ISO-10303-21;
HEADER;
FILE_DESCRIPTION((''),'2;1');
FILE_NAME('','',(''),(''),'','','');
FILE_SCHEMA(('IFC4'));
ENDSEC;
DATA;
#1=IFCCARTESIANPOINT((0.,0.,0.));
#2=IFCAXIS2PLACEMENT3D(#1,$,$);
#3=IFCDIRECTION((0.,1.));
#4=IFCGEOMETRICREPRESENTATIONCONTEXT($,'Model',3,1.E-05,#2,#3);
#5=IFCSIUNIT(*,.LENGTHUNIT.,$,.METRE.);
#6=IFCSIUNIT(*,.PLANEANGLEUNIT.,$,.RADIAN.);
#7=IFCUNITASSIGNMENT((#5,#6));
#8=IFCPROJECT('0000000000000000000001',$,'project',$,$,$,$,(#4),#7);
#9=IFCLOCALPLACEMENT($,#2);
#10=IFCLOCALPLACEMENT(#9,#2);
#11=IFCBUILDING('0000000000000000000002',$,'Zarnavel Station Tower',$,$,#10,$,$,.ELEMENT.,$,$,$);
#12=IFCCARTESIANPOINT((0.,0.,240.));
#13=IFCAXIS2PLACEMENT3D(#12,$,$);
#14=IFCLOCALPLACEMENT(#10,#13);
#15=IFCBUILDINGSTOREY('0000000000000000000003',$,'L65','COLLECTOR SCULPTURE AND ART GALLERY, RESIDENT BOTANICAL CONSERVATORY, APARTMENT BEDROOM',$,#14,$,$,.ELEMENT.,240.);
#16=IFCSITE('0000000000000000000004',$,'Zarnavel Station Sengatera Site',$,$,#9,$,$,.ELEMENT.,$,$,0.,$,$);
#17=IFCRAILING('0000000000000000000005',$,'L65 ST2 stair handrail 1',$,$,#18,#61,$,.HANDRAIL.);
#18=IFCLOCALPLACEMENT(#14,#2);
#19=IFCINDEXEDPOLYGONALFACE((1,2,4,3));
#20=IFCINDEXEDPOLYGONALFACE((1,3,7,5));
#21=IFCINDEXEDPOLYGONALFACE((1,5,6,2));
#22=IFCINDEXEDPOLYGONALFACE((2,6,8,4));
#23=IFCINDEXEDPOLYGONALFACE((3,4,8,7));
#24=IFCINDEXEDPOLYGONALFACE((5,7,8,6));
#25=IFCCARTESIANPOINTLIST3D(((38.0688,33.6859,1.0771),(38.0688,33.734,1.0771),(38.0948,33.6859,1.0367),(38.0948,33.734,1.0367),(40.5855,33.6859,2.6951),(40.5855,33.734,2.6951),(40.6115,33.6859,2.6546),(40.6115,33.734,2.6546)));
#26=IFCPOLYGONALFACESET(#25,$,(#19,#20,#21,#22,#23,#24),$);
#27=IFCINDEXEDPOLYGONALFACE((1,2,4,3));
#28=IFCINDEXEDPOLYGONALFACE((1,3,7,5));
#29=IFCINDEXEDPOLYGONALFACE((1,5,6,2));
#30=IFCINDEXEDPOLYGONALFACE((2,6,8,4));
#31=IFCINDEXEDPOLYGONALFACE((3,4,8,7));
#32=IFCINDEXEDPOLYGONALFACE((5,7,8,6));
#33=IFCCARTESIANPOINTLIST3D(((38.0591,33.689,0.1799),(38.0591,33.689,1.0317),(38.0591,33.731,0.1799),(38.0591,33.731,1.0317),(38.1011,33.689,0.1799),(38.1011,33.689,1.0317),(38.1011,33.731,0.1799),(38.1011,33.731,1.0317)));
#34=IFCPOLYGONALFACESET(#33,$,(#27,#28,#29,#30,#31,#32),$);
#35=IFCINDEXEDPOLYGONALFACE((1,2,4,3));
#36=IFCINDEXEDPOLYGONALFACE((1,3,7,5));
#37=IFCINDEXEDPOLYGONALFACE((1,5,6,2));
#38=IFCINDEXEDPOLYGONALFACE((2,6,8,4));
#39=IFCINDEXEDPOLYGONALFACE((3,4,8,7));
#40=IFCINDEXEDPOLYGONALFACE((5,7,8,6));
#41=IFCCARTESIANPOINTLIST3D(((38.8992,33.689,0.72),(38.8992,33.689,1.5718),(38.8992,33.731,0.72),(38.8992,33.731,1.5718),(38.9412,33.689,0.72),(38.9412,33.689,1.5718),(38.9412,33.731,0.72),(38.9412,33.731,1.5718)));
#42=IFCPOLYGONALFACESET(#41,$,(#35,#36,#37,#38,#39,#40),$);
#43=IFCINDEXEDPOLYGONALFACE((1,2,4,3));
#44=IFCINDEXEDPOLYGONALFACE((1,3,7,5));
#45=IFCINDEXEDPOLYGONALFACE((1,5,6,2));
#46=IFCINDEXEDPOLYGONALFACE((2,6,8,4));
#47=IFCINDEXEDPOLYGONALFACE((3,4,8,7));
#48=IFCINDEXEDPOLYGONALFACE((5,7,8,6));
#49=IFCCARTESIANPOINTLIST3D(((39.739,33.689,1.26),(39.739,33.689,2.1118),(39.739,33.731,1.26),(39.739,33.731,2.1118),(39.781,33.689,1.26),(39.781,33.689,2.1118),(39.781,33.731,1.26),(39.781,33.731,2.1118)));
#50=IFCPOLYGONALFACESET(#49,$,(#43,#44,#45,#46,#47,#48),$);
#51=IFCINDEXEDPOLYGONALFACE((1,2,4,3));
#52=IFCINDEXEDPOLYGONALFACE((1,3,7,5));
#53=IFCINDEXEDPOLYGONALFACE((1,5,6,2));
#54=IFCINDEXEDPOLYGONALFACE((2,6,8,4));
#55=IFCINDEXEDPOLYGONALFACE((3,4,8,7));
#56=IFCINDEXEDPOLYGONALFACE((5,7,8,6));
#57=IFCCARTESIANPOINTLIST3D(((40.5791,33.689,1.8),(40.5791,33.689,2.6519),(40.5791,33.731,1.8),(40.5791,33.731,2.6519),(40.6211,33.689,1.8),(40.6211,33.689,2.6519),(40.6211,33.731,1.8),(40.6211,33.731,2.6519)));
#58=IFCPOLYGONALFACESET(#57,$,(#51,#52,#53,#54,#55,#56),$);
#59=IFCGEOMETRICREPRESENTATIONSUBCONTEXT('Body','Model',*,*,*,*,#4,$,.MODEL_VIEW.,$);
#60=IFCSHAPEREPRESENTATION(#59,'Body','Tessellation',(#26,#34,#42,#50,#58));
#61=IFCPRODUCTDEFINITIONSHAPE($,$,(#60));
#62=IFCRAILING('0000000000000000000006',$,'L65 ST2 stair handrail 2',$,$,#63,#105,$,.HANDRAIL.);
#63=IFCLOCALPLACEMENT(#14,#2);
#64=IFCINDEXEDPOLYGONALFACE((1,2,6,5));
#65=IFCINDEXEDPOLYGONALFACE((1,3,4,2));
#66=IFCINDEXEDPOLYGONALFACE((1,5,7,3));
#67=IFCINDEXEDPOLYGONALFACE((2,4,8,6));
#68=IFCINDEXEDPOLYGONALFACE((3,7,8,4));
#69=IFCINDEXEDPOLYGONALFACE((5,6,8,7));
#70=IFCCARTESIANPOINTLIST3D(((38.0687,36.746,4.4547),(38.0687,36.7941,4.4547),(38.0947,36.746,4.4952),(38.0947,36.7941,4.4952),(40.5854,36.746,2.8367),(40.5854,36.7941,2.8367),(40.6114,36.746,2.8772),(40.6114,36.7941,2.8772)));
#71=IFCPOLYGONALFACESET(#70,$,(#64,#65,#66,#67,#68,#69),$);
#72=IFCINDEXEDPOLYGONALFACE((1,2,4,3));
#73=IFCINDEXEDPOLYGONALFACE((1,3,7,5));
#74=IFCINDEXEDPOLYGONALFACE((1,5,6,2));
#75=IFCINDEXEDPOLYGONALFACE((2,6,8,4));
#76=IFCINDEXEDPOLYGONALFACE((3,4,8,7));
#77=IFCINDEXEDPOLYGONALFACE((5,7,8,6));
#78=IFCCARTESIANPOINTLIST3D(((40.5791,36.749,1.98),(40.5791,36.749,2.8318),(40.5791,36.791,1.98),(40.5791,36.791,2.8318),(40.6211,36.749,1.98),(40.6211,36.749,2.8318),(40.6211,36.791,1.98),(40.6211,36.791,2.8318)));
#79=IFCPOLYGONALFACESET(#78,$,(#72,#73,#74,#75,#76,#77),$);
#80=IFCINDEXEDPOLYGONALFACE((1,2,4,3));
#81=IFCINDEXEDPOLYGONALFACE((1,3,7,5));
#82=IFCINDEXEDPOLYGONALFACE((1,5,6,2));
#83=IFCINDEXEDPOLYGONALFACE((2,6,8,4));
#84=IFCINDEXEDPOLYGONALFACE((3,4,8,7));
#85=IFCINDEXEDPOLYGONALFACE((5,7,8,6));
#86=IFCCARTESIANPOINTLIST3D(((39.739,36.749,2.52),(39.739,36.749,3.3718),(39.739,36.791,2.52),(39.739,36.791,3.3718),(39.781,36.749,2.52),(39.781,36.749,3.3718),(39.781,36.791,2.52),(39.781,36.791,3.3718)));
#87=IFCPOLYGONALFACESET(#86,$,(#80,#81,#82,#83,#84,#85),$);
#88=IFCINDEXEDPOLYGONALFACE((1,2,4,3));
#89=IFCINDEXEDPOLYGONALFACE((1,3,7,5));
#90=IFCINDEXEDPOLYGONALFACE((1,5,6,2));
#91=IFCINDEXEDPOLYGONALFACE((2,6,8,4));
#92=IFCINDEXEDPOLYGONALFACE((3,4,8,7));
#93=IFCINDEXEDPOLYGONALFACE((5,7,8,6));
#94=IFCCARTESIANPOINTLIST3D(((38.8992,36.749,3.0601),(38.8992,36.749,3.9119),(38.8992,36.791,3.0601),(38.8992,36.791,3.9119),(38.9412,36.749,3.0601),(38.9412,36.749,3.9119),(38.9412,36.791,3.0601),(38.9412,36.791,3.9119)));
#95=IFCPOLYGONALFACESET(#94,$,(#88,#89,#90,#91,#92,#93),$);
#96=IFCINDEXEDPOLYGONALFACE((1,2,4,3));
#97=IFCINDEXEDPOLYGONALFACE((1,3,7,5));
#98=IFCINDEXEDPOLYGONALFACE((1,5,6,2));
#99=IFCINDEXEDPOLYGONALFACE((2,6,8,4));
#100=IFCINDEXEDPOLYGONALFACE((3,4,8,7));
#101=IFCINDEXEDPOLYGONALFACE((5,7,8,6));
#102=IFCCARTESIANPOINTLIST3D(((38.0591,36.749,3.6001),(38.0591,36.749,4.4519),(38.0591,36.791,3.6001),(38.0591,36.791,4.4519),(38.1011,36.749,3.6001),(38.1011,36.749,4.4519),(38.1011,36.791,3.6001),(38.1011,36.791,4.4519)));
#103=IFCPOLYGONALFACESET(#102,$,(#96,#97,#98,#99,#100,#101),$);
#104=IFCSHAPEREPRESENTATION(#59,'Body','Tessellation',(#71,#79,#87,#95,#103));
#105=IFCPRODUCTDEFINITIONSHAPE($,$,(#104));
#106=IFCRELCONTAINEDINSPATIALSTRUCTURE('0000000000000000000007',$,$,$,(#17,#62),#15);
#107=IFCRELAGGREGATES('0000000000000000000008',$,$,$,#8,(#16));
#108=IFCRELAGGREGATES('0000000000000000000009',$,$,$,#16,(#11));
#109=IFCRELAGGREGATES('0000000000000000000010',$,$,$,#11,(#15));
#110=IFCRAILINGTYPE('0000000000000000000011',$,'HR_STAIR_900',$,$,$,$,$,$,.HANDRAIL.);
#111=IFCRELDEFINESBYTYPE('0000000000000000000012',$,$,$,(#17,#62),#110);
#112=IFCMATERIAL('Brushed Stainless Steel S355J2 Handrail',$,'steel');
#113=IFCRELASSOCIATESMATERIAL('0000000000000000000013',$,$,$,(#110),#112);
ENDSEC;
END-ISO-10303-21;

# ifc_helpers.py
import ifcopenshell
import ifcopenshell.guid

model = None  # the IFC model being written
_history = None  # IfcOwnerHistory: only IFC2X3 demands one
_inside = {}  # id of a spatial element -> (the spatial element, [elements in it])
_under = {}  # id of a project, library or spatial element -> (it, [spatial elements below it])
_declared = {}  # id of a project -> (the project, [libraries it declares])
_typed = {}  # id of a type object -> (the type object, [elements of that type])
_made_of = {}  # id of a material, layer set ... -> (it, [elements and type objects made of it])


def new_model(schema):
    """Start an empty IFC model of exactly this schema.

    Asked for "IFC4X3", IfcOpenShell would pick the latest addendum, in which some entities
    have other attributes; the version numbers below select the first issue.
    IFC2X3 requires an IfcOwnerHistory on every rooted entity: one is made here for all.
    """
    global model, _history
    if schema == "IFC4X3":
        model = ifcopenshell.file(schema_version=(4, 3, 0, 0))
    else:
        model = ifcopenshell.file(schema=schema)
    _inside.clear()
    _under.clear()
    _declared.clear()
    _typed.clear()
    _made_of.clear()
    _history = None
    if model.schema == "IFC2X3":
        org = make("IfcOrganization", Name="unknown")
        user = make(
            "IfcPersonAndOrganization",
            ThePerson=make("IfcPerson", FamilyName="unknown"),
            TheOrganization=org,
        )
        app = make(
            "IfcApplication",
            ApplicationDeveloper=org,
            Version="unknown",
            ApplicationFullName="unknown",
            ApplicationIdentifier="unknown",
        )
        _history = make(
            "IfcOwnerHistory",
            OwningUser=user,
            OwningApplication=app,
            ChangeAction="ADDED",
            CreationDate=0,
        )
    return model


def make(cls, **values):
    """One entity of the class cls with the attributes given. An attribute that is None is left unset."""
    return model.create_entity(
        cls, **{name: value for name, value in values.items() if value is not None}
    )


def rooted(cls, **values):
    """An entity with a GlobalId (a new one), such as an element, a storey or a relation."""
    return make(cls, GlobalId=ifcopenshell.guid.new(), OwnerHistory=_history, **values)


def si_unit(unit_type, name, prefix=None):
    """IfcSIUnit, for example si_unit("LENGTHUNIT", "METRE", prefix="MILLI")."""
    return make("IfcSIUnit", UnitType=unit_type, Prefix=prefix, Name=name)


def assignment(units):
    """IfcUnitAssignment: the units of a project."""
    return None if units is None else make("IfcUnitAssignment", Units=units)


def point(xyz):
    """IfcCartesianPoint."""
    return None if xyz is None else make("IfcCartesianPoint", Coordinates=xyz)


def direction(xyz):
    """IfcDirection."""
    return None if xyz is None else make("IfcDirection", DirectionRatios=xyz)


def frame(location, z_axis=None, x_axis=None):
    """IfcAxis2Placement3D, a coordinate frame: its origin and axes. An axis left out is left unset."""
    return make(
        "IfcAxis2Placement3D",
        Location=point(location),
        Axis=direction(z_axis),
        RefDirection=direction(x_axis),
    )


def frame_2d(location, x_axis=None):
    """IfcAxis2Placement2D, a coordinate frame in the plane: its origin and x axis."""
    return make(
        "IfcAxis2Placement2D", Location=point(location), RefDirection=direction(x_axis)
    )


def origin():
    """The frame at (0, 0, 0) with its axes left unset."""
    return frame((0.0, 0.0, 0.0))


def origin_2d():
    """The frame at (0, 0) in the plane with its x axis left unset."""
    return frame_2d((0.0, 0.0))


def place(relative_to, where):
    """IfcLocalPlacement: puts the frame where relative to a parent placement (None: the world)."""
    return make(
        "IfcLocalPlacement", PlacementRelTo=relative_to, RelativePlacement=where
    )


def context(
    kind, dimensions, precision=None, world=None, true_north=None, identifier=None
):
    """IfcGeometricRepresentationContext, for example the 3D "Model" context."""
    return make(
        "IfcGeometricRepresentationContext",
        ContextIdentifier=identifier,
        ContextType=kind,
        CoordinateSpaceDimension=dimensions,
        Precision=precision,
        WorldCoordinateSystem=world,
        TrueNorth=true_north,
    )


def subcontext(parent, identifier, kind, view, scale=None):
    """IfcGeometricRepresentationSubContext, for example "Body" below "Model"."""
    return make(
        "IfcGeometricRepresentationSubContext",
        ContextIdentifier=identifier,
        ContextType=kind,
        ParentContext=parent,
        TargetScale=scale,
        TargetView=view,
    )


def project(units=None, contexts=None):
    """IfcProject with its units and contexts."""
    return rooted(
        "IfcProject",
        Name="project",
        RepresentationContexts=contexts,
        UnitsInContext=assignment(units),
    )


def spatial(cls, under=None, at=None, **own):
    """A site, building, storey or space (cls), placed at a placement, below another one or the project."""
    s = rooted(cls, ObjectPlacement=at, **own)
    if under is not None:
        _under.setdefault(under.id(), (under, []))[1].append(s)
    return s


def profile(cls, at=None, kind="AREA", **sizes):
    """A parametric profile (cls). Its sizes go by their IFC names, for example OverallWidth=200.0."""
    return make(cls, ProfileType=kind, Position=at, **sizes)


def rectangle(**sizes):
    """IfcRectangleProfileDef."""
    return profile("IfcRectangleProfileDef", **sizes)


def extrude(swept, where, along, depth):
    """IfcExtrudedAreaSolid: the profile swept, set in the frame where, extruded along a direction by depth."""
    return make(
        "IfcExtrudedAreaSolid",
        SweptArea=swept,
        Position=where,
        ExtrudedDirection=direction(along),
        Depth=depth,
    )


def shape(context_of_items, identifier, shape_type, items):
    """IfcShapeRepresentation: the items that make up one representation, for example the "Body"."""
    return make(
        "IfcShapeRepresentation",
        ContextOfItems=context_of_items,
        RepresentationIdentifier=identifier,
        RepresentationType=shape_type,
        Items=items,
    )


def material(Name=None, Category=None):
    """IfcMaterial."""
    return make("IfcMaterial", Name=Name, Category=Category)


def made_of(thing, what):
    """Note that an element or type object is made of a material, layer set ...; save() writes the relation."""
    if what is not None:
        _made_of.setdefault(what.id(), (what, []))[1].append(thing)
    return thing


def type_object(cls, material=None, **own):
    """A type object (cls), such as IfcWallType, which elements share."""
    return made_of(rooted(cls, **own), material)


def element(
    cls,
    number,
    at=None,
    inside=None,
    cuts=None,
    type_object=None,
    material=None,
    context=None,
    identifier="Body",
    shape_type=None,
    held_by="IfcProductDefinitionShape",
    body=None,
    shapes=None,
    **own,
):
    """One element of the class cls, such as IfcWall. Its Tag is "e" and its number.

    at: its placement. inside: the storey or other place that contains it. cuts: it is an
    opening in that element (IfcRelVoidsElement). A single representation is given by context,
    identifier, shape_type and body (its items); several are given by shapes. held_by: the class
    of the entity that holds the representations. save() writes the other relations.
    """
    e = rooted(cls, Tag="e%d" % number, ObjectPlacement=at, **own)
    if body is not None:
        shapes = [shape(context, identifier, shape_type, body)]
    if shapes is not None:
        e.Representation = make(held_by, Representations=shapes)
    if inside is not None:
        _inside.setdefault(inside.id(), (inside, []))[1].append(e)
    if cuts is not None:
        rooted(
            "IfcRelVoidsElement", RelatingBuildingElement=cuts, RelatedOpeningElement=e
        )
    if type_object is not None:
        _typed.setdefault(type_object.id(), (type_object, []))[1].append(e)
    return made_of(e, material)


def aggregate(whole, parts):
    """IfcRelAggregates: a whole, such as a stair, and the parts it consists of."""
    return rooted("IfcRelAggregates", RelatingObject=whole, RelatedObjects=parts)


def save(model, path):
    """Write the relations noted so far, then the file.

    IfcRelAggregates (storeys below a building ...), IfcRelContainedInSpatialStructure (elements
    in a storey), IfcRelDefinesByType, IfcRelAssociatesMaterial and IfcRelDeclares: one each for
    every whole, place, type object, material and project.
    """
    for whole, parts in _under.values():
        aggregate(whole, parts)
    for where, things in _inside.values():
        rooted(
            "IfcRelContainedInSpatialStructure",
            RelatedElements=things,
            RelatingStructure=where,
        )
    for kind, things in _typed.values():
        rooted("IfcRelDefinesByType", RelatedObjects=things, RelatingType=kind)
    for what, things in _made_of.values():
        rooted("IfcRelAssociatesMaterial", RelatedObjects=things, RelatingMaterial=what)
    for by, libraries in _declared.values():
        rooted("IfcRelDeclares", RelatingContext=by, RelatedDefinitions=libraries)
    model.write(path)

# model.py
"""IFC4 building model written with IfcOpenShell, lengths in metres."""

from ifc_helpers import new_model, si_unit, direction, frame, origin, origin_2d, place, context, subcontext, project, spatial, rectangle, extrude, material, type_object, element, save


model = new_model("IFC4")

# Units and contexts
model_context = context("Model", 3, precision=1e-05, world=origin(), true_north=direction((0.0, 1.0)))
body_context = subcontext(model_context, "Body", "Model", "MODEL_VIEW")
ifc_project = project(units=[si_unit("LENGTHUNIT", "METRE"), si_unit("PLANEANGLEUNIT", "RADIAN")], contexts=[model_context])

# Site, building, storey
site_placement = place(None, origin())
site = spatial("IfcSite", under=ifc_project, at=site_placement, Name="Zarnavel Station Sengatera Site", CompositionType="ELEMENT", RefElevation=0.0)
building_placement = place(site_placement, origin())
building = spatial("IfcBuilding", under=site, at=building_placement, Name="Zarnavel Station Tower", CompositionType="ELEMENT")
storey_placement = place(building_placement, frame((0.0, 0.0, 240.0)))
storey = spatial("IfcBuildingStorey", under=building, at=storey_placement, Name="L65", Description="COLLECTOR SCULPTURE AND ART GALLERY, RESIDENT BOTANICAL CONSERVATORY, APARTMENT BEDROOM", CompositionType="ELEMENT", Elevation=240.0)

# Railings
ifc_material_1 = material(Name="Brushed Stainless Steel S355J2 Handrail", Category="steel")
railing_type_1 = type_object("IfcRailingType", Name="HR_STAIR_900", PredefinedType="HANDRAIL", material=ifc_material_1)
railing_1_placement = place(storey_placement, frame((38.0801, 33.71, 0.1799)))
element("IfcRailing", 1, at=railing_1_placement, inside=storey, type_object=railing_type_1, Name="L65 ST2 stair handrail 1", PredefinedType="HANDRAIL", context=body_context, shape_type="SweptSolid", body=[
    extrude(rectangle(XDim=0.0481, YDim=0.0481, at=origin_2d()), frame((0.0017, 0.0, 0.877), z_axis=(0.841163, 0.0, 0.540782), x_axis=(0.0, 1.0, 0.0)), (0.0, 0.0, 1.0), 2.9919),
    extrude(rectangle(XDim=0.042, YDim=0.042, at=origin_2d()), origin(), (0.0, 0.0, 1.0), 0.8518),
    extrude(rectangle(XDim=0.042, YDim=0.042, at=origin_2d()), frame((0.8401, 0.0, 0.54)), (0.0, 0.0, 1.0), 0.8518),
    extrude(rectangle(XDim=0.042, YDim=0.042, at=origin_2d()), frame((1.6799, 0.0, 1.0801)), (0.0, 0.0, 1.0), 0.8518),
    extrude(rectangle(XDim=0.042, YDim=0.042, at=origin_2d()), frame((2.52, 0.0, 1.6201)), (0.0, 0.0, 1.0), 0.8518),
])
railing_2_placement = place(storey_placement, frame((40.6001, 36.77, 1.98)))
element("IfcRailing", 2, at=railing_2_placement, inside=storey, type_object=railing_type_1, Name="L65 ST2 stair handrail 2", PredefinedType="HANDRAIL", context=body_context, shape_type="SweptSolid", body=[
    extrude(rectangle(XDim=0.0481, YDim=0.0481, at=origin_2d()), frame((-0.0017, 0.0, 0.877), z_axis=(-0.841163, 0.0, 0.540782), x_axis=(0.0, -1.0, 0.0)), (0.0, 0.0, 1.0), 2.9919),
    extrude(rectangle(XDim=0.042, YDim=0.042, at=origin_2d()), origin(), (0.0, 0.0, 1.0), 0.8518),
    extrude(rectangle(XDim=0.042, YDim=0.042, at=origin_2d()), frame((-0.8401, 0.0, 0.54)), (0.0, 0.0, 1.0), 0.8518),
    extrude(rectangle(XDim=0.042, YDim=0.042, at=origin_2d()), frame((-1.6799, 0.0, 1.0801)), (0.0, 0.0, 1.0), 0.8518),
    extrude(rectangle(XDim=0.042, YDim=0.042, at=origin_2d()), frame((-2.52, 0.0, 1.6201)), (0.0, 0.0, 1.0), 0.8518),
])

save(model, "model.ifc")
